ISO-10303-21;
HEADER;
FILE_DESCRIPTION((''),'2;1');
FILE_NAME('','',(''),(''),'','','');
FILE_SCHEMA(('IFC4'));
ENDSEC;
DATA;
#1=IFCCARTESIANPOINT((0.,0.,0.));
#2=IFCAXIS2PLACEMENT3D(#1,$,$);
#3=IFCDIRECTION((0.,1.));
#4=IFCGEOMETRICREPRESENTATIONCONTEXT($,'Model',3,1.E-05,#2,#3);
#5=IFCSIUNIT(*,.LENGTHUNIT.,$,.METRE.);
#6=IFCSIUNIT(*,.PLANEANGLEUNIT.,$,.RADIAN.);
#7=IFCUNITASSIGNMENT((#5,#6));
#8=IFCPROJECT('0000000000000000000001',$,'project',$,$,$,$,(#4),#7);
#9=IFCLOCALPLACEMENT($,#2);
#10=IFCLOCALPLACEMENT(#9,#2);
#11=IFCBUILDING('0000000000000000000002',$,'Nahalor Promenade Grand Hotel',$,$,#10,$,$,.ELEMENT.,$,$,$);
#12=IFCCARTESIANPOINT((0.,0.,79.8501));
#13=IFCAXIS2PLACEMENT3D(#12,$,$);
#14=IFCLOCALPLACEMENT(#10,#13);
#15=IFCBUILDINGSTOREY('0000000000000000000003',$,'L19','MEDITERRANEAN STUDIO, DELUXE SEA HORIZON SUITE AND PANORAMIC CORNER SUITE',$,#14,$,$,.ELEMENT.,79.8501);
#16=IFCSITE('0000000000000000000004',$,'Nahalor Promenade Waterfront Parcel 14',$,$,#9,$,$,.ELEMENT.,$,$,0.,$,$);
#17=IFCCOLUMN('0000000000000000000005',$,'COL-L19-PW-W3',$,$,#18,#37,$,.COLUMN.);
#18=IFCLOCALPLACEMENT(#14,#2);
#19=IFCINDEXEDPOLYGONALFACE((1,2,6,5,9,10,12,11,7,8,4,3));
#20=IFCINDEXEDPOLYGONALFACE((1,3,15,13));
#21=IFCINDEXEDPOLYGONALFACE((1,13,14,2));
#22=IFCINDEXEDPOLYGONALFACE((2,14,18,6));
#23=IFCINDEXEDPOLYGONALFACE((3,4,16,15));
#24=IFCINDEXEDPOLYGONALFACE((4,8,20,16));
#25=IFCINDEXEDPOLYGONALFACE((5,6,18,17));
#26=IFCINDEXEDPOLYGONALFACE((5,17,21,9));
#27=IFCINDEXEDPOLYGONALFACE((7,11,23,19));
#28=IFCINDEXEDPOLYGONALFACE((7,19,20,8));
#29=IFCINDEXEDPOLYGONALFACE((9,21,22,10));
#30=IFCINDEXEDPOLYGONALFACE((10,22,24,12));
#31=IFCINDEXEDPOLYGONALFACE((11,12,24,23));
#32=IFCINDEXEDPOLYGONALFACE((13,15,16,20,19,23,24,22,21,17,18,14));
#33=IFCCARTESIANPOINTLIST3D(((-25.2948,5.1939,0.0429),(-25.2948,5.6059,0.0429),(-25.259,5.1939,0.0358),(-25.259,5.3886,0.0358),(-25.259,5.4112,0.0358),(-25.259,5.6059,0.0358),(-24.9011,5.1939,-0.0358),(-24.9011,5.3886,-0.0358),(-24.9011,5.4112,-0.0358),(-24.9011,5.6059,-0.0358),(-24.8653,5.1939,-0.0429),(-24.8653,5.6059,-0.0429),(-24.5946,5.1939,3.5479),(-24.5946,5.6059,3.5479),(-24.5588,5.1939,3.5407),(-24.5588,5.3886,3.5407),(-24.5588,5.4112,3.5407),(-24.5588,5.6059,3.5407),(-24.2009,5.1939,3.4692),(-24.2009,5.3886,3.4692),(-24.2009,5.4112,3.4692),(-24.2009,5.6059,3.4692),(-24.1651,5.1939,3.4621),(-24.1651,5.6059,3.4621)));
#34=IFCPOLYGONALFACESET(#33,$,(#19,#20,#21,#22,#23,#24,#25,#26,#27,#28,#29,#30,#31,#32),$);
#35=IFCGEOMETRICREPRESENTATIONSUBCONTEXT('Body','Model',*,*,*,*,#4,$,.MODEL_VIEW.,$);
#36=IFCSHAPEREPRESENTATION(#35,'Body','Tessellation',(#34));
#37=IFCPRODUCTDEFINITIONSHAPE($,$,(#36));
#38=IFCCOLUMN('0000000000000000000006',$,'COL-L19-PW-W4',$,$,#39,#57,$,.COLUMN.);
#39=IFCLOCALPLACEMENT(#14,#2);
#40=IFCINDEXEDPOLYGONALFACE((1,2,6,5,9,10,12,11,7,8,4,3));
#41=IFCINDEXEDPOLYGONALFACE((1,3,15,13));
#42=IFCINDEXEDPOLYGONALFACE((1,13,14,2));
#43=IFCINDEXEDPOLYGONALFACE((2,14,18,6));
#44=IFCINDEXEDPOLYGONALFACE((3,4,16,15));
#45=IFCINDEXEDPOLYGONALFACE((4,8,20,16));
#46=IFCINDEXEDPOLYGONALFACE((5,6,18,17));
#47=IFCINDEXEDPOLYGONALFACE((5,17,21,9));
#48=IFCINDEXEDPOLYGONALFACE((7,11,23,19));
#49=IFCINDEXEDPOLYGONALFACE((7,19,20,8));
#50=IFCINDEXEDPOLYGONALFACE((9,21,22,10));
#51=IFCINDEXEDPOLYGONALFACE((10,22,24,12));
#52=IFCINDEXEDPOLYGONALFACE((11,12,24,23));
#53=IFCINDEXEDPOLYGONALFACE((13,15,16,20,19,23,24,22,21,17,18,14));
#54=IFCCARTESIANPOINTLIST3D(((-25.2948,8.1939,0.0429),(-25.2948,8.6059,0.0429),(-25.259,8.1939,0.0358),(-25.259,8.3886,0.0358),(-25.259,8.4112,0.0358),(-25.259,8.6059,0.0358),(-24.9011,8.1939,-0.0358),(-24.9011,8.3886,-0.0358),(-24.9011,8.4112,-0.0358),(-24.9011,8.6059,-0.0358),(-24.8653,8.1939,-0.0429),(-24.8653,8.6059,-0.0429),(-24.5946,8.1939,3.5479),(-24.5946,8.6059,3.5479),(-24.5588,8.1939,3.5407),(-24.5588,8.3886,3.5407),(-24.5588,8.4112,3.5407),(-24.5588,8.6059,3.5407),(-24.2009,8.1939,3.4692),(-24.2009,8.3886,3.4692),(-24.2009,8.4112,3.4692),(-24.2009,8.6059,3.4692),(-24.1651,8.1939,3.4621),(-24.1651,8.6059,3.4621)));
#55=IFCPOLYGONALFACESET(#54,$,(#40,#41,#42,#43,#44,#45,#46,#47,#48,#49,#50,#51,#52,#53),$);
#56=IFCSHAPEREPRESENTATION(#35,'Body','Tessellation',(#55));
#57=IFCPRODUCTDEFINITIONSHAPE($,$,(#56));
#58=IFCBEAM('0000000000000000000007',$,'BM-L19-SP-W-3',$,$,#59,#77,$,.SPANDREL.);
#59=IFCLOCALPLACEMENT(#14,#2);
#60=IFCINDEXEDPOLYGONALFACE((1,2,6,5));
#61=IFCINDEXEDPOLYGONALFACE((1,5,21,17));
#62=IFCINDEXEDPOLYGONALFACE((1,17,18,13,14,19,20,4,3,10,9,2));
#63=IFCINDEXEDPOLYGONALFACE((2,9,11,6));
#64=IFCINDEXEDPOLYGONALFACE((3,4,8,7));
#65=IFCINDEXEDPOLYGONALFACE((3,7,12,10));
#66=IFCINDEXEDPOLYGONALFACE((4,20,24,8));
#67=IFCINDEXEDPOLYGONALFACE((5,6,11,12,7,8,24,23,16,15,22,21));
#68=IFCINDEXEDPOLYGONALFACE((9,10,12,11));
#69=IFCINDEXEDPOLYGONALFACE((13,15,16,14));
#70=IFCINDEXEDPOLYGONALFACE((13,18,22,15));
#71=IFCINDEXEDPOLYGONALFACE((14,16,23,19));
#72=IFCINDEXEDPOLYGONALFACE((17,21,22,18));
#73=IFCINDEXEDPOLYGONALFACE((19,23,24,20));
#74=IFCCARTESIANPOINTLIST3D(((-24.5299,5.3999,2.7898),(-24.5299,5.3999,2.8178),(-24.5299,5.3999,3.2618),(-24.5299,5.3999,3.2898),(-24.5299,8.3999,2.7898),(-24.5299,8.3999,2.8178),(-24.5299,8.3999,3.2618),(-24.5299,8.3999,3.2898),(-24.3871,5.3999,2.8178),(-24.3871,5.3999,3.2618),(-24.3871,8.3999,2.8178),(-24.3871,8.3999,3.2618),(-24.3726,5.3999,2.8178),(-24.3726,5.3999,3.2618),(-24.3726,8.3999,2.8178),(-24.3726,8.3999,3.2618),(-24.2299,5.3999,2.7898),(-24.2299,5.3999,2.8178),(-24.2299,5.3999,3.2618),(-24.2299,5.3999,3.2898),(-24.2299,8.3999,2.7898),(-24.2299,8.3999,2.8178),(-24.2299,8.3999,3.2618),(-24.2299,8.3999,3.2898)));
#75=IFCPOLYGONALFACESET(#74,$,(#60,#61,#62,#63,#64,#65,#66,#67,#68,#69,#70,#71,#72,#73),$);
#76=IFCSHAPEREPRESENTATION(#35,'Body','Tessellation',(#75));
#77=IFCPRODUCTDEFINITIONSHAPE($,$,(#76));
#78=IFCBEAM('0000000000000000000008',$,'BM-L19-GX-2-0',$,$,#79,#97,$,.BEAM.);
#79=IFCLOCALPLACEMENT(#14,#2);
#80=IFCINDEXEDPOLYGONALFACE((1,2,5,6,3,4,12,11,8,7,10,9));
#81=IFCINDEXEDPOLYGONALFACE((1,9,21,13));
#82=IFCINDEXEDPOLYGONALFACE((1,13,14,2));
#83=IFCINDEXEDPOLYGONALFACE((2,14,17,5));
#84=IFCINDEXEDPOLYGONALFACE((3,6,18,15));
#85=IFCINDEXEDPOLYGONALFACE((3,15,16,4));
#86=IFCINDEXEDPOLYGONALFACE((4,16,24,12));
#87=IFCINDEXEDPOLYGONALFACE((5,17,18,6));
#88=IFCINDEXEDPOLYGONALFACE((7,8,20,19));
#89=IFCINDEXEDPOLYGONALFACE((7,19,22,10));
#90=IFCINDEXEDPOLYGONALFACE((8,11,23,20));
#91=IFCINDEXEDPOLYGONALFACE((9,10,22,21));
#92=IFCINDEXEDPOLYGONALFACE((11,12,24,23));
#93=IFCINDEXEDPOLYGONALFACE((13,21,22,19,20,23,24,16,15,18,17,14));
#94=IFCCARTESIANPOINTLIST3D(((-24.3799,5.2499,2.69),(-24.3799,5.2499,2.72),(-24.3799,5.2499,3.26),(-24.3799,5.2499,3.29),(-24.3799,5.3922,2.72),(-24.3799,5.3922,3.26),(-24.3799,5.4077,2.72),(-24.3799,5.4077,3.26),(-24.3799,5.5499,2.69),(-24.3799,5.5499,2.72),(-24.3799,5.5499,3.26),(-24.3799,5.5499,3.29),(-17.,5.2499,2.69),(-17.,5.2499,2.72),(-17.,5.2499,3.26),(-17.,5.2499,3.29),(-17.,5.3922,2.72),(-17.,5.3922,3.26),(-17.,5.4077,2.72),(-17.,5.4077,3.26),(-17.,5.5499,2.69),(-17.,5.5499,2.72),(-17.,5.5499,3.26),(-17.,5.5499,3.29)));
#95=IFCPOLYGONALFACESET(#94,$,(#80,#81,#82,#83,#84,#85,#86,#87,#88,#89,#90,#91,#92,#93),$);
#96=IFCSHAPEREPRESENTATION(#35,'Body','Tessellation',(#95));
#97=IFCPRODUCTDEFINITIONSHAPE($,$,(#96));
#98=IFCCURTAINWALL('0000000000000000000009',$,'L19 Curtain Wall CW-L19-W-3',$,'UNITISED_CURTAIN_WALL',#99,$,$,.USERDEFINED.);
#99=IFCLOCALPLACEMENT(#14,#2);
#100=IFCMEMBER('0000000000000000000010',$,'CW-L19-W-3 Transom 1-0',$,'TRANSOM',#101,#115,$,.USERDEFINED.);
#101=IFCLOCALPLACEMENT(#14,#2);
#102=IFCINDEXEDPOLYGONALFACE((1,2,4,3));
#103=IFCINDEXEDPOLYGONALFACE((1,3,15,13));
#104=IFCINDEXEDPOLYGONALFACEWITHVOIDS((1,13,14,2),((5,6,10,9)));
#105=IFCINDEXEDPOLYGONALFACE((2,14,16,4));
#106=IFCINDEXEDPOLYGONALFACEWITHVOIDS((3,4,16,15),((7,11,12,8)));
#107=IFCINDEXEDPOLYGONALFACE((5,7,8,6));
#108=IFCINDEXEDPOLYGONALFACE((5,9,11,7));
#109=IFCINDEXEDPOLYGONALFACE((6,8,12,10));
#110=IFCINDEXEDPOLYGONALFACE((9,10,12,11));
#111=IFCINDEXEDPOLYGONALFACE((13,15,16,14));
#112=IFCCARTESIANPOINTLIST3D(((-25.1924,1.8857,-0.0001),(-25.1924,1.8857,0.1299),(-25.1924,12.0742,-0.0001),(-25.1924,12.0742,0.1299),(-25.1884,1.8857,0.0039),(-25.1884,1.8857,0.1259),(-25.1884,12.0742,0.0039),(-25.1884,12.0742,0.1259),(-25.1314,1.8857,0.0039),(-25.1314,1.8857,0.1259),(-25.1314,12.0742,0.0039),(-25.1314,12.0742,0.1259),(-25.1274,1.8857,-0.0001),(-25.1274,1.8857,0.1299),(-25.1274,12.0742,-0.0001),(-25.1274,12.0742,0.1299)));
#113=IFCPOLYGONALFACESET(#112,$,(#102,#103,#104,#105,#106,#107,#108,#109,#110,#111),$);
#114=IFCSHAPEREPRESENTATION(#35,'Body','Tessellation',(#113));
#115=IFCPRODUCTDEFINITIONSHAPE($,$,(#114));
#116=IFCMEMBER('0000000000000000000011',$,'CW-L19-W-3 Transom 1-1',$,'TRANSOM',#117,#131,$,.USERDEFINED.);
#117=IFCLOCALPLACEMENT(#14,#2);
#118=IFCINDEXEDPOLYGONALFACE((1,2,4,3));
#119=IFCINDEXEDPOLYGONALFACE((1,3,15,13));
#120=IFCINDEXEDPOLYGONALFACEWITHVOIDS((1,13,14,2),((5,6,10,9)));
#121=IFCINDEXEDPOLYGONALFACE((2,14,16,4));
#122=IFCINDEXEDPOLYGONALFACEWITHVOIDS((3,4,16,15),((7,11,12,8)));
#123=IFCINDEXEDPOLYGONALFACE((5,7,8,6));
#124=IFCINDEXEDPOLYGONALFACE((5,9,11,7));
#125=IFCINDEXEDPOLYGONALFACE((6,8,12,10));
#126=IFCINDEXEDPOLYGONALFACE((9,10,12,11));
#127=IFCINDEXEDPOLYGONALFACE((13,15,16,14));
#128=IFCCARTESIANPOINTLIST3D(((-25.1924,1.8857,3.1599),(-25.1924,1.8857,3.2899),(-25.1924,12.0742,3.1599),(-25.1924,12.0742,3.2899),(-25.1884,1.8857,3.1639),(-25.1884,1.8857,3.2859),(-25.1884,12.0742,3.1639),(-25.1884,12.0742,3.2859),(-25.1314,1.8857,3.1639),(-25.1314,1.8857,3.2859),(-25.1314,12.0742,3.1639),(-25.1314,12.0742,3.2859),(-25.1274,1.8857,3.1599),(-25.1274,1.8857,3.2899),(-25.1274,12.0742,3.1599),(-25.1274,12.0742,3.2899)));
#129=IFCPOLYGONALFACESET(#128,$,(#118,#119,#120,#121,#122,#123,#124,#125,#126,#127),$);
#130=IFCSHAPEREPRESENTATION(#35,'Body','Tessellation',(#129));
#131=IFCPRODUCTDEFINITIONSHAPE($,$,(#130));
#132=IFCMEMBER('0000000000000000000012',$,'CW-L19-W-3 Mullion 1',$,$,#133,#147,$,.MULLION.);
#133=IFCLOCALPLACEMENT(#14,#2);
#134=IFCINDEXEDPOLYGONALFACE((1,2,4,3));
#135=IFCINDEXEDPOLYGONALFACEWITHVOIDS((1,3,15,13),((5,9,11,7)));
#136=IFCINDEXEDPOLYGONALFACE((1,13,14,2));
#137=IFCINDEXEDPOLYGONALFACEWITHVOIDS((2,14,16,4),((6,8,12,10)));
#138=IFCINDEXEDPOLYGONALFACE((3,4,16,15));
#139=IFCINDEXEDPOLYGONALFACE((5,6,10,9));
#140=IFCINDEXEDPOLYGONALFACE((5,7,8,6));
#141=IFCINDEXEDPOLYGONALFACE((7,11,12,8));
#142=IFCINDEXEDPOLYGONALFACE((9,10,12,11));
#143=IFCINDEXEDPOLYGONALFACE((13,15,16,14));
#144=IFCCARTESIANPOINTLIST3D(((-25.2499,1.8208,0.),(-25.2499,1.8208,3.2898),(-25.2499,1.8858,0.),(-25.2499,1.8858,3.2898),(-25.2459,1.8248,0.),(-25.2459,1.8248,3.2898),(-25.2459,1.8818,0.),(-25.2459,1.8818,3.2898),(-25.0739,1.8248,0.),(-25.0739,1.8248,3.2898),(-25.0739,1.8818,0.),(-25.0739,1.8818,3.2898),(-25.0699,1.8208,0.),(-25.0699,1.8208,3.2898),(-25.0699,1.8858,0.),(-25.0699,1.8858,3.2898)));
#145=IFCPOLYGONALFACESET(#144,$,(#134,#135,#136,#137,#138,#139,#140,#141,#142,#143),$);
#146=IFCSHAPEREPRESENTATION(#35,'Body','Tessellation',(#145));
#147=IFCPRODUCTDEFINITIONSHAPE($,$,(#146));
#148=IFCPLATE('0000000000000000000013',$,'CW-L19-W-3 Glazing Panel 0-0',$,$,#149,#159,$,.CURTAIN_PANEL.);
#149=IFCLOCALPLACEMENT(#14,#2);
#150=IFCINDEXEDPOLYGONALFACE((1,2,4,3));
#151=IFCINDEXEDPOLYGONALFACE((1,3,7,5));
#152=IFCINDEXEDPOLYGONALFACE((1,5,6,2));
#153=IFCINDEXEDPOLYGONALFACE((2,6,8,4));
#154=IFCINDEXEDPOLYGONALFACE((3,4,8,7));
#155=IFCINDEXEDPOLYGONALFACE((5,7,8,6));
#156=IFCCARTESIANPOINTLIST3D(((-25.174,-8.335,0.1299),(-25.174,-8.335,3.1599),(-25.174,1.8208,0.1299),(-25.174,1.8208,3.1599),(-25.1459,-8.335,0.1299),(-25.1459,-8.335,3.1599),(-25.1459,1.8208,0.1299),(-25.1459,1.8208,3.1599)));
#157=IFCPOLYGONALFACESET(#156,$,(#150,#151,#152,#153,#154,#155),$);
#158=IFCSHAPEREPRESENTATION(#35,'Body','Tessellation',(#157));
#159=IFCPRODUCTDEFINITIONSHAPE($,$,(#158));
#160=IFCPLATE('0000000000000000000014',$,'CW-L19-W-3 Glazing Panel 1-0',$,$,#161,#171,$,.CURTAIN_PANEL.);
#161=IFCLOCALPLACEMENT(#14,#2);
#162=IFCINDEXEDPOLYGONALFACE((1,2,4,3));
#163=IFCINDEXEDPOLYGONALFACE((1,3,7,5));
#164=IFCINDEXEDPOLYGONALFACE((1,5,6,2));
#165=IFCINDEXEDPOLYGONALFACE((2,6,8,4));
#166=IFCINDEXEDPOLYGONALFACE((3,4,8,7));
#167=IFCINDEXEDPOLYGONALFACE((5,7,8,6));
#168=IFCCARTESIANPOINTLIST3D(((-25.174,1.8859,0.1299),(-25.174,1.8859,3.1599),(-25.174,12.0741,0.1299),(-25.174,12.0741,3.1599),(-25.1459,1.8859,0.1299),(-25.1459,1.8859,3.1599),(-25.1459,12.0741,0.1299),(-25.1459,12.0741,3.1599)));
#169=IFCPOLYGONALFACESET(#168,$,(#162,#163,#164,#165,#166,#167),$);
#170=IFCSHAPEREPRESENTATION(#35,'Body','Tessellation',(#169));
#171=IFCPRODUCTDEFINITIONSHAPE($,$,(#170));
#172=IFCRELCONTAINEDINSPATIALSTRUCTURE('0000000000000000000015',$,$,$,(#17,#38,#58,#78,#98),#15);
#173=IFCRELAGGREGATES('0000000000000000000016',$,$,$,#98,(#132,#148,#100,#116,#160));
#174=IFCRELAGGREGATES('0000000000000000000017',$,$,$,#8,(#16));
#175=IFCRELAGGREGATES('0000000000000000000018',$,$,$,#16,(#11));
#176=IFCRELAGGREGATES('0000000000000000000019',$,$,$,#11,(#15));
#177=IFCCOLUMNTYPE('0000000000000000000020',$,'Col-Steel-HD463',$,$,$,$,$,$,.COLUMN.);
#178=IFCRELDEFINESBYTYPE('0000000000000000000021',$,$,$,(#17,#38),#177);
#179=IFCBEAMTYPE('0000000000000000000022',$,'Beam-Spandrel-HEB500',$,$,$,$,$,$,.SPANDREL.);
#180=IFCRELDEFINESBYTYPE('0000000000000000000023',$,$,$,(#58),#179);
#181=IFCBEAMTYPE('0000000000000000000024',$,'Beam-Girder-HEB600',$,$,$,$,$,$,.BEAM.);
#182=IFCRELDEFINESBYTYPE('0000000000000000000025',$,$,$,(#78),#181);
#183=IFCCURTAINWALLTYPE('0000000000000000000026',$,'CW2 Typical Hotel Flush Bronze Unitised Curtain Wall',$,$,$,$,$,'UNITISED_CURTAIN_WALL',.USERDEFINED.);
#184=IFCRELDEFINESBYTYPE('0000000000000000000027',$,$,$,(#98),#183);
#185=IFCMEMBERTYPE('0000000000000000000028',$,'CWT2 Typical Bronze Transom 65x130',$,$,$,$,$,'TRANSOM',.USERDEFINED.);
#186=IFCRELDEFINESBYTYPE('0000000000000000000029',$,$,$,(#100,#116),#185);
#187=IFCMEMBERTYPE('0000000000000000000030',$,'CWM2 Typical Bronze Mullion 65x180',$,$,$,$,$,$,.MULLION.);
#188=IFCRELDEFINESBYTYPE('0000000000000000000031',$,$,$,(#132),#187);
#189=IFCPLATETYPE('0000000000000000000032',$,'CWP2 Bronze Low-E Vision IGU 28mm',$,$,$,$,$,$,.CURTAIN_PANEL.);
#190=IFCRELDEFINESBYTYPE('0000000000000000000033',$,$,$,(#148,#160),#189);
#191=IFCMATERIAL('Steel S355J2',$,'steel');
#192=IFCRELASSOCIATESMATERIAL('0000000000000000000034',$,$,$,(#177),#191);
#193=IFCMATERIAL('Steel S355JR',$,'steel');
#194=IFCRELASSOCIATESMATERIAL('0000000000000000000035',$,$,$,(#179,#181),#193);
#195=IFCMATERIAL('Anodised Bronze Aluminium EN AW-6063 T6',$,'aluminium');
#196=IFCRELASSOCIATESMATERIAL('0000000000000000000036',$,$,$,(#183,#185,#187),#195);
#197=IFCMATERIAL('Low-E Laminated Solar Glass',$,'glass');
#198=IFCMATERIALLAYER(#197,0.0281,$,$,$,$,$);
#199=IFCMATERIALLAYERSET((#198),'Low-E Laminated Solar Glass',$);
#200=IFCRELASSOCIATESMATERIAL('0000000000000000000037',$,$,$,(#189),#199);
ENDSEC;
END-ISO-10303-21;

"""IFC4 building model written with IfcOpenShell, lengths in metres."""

from ifc_helpers import new_model, si_unit, direction, frame, origin, origin_2d, place, context, subcontext, project, spatial, rectangle, hollow_rectangle, i_section, extrude, source, transform, mapped, material, layer, layer_set, material_profile, profile_set, type_object, element, aggregate, save


model = new_model("IFC4")

# Units and contexts
model_context = context("Model", 3, precision=1e-05, world=origin(), true_north=direction((0.0, 1.0)))
body_context = subcontext(model_context, "Body", "Model", "MODEL_VIEW")
ifc_project = project(units=[si_unit("LENGTHUNIT", "METRE"), si_unit("PLANEANGLEUNIT", "RADIAN")], contexts=[model_context])

# Site, building, storey
site_placement = place(None, origin())
site = spatial("IfcSite", under=ifc_project, at=site_placement, Name="Nahalor Promenade Waterfront Parcel 14", CompositionType="ELEMENT", RefElevation=0.0)
building_placement = place(site_placement, origin())
building = spatial("IfcBuilding", under=site, at=building_placement, Name="Nahalor Promenade Grand Hotel", CompositionType="ELEMENT")
storey_placement = place(building_placement, frame((0.0, 0.0, 79.8501)))
storey = spatial("IfcBuildingStorey", under=building, at=storey_placement, Name="L19", Description="MEDITERRANEAN STUDIO, DELUXE SEA HORIZON SUITE AND PANORAMIC CORNER SUITE", CompositionType="ELEMENT", Elevation=79.8501)

# Columns
ifc_material_1 = material(Name="Steel S355J2", Category="steel")
ifc_material_profile_1 = material_profile(ifc_material_1, i_section(OverallWidth=0.412, OverallDepth=0.438, WebThickness=0.0226, FlangeThickness=0.0365, at=origin_2d()), Name="HD 400x463")
ifc_profile_set_1 = profile_set([ifc_material_profile_1], Name="Steel S355J2")
column_type = type_object("IfcColumnType", Name="Col-Steel-HD463", PredefinedType="COLUMN", material=ifc_profile_set_1)
shared_shape_1 = source(origin(), body_context, "Body", "SweptSolid", [
    extrude(i_section(OverallWidth=0.412, OverallDepth=0.438, WebThickness=0.0226, FlangeThickness=0.0365, at=origin_2d()), origin(), (0.0, 0.0, 1.0), 3.5742),
])
for number, where, z_axis, x_axis, name in (
    (1, (-25.0801, 5.3999, 0.0), (0.195906, 0.0, 0.980623), (0.0, 1.0, 0.0), "COL-L19-PW-W3"),
    (2, (-25.0801, 8.3999, 0.0), (0.195906, 0.0, 0.980623), (0.0, 1.0, 0.0), "COL-L19-PW-W4"),
):
    element("IfcColumn", number, at=place(storey_placement, frame(where, z_axis=z_axis, x_axis=x_axis)), inside=storey, type_object=column_type, Name=name, PredefinedType="COLUMN", context=body_context, shape_type="MappedRepresentation", body=[
        mapped(shared_shape_1, transform((0.0, 0.0, 0.0), scale=1.0)),
    ])

# Beams
ifc_material_2 = material(Name="Steel S355JR", Category="steel")
ifc_material_profile_2 = material_profile(ifc_material_2, i_section(OverallWidth=0.3, OverallDepth=0.5, WebThickness=0.0145, FlangeThickness=0.028, at=origin_2d()), Name="HEB 500")
ifc_profile_set_2 = profile_set([ifc_material_profile_2], Name="Steel S355JR")
beam_type_1 = type_object("IfcBeamType", Name="Beam-Spandrel-HEB500", PredefinedType="SPANDREL", material=ifc_profile_set_2)
shared_shape_2 = source(origin(), body_context, "Body", "SweptSolid", [
    extrude(i_section(OverallWidth=0.3, OverallDepth=0.5, WebThickness=0.0145, FlangeThickness=0.028, at=origin_2d()), origin(), (0.0, 0.0, 1.0), 3.0),
])
beam_1_placement = place(storey_placement, frame((-24.3799, 5.3999, 3.0398), z_axis=(0.0, 1.0, 0.0), x_axis=(-1.0, 0.0, 0.0)))
element("IfcBeam", 3, at=beam_1_placement, inside=storey, type_object=beam_type_1, Name="BM-L19-SP-W-3", PredefinedType="SPANDREL", context=body_context, shape_type="MappedRepresentation", body=[
    mapped(shared_shape_2, transform((0.0, 0.0, 0.0), scale=1.0)),
])
ifc_material_profile_3 = material_profile(ifc_material_2, i_section(OverallWidth=0.3, OverallDepth=0.6, WebThickness=0.0155, FlangeThickness=0.03, at=origin_2d()), Name="HEB 600")
ifc_profile_set_3 = profile_set([ifc_material_profile_3], Name="Steel S355JR")
beam_type_2 = type_object("IfcBeamType", Name="Beam-Girder-HEB600", PredefinedType="BEAM", material=ifc_profile_set_3)
shared_shape_3 = source(origin(), body_context, "Body", "SweptSolid", [
    extrude(i_section(OverallWidth=0.3, OverallDepth=0.6, WebThickness=0.0155, FlangeThickness=0.03, at=origin_2d()), origin(), (0.0, 0.0, 1.0), 7.3799),
])
beam_2_placement = place(storey_placement, frame((-24.3799, 5.3999, 2.99), z_axis=(1.0, 0.0, 0.0), x_axis=(0.0, 1.0, 0.0)))
element("IfcBeam", 4, at=beam_2_placement, inside=storey, type_object=beam_type_2, Name="BM-L19-GX-2-0", PredefinedType="BEAM", context=body_context, shape_type="MappedRepresentation", body=[
    mapped(shared_shape_3, transform((0.0, 0.0, 0.0), scale=1.0)),
])

# Curtain wall, members, plates
ifc_material_3 = material(Name="Anodised Bronze Aluminium EN AW-6063 T6", Category="aluminium")
curtain_wall_type = type_object("IfcCurtainWallType", Name="CW2 Typical Hotel Flush Bronze Unitised Curtain Wall", ElementType="UNITISED_CURTAIN_WALL", PredefinedType="USERDEFINED", material=ifc_material_3)
curtain_wall_placement = place(storey_placement, origin())
curtain_wall = element("IfcCurtainWall", 5, at=curtain_wall_placement, inside=storey, type_object=curtain_wall_type, Name="L19 Curtain Wall CW-L19-W-3", ObjectType="UNITISED_CURTAIN_WALL", PredefinedType="USERDEFINED")
ifc_material_profile_4 = material_profile(ifc_material_3, hollow_rectangle(XDim=0.065, YDim=0.13, WallThickness=0.004, at=origin_2d()), Name="CWT 65x130x4")
ifc_profile_set_4 = profile_set([ifc_material_profile_4], Name="Anodised Bronze Aluminium EN AW-6063 T6")
member_type_1 = type_object("IfcMemberType", Name="CWT2 Typical Bronze Transom 65x130", ElementType="TRANSOM", PredefinedType="USERDEFINED", material=ifc_profile_set_4)
shared_shape_4 = source(origin(), body_context, "Body", "SweptSolid", [
    extrude(hollow_rectangle(XDim=0.065, YDim=0.13, WallThickness=0.004, at=origin_2d()), origin(), (0.0, 0.0, 1.0), 10.1885),
])
member_1_placement = place(storey_placement, frame((-25.1599, 1.8857, 0.0649), z_axis=(0.0, 1.0, 0.0), x_axis=(-1.0, 0.0, 0.0)))
member_1 = element("IfcMember", 6, at=member_1_placement, type_object=member_type_1, Name="CW-L19-W-3 Transom 1-0", ObjectType="TRANSOM", PredefinedType="USERDEFINED", context=body_context, shape_type="MappedRepresentation", body=[
    mapped(shared_shape_4, transform((0.0, 0.0, 0.0), scale=1.0)),
])
member_2_placement = place(storey_placement, frame((-25.1599, 1.8857, 3.2249), z_axis=(0.0, 1.0, 0.0), x_axis=(-1.0, 0.0, 0.0)))
member_2 = element("IfcMember", 7, at=member_2_placement, type_object=member_type_1, Name="CW-L19-W-3 Transom 1-1", ObjectType="TRANSOM", PredefinedType="USERDEFINED", context=body_context, shape_type="MappedRepresentation", body=[
    mapped(shared_shape_4, transform((0.0, 0.0, 0.0), scale=1.0)),
])
ifc_material_profile_5 = material_profile(ifc_material_3, hollow_rectangle(XDim=0.065, YDim=0.18, WallThickness=0.004, at=origin_2d()), Name="CWM 65x180x4")
ifc_profile_set_5 = profile_set([ifc_material_profile_5], Name="Anodised Bronze Aluminium EN AW-6063 T6")
member_type_2 = type_object("IfcMemberType", Name="CWM2 Typical Bronze Mullion 65x180", PredefinedType="MULLION", material=ifc_profile_set_5)
shared_shape_5 = source(origin(), body_context, "Body", "SweptSolid", [
    extrude(hollow_rectangle(XDim=0.065, YDim=0.18, WallThickness=0.004, at=origin_2d()), origin(), (0.0, 0.0, 1.0), 3.2898),
])
member_3_placement = place(storey_placement, frame((-25.1599, 1.8533, 0.0), z_axis=(0.0, 0.0, 1.0), x_axis=(0.0, 1.0, 0.0)))
member_3 = element("IfcMember", 8, at=member_3_placement, type_object=member_type_2, Name="CW-L19-W-3 Mullion 1", PredefinedType="MULLION", context=body_context, shape_type="MappedRepresentation", body=[
    mapped(shared_shape_5, transform((0.0, 0.0, 0.0), scale=1.0)),
])
ifc_material_4 = material(Name="Low-E Laminated Solar Glass", Category="glass")
ifc_layer_1 = layer(ifc_material_4, 0.0281)
ifc_layer_set_1 = layer_set([ifc_layer_1], Name="Low-E Laminated Solar Glass")
plate_type = type_object("IfcPlateType", Name="CWP2 Bronze Low-E Vision IGU 28mm", PredefinedType="CURTAIN_PANEL", material=ifc_layer_set_1)
shared_shape_6 = source(origin(), body_context, "Body", "SweptSolid", [
    extrude(rectangle(XDim=10.1558, YDim=0.0281, at=origin_2d()), origin(), (0.0, 0.0, 1.0), 3.03),
])
plate_1_placement = place(storey_placement, frame((-25.1599, -3.2571, 0.1299), z_axis=(0.0, 0.0, 1.0), x_axis=(0.0, 1.0, 0.0)))
plate_1 = element("IfcPlate", 9, at=plate_1_placement, type_object=plate_type, Name="CW-L19-W-3 Glazing Panel 0-0", PredefinedType="CURTAIN_PANEL", context=body_context, shape_type="MappedRepresentation", body=[
    mapped(shared_shape_6, transform((0.0, 0.0, 0.0), scale=1.0)),
])
shared_shape_7 = source(origin(), body_context, "Body", "SweptSolid", [
    extrude(rectangle(XDim=10.1882, YDim=0.0281, at=origin_2d()), origin(), (0.0, 0.0, 1.0), 3.03),
])
plate_2_placement = place(storey_placement, frame((-25.1599, 6.98, 0.1299), z_axis=(0.0, 0.0, 1.0), x_axis=(0.0, 1.0, 0.0)))
plate_2 = element("IfcPlate", 10, at=plate_2_placement, type_object=plate_type, Name="CW-L19-W-3 Glazing Panel 1-0", PredefinedType="CURTAIN_PANEL", context=body_context, shape_type="MappedRepresentation", body=[
    mapped(shared_shape_7, transform((0.0, 0.0, 0.0), scale=1.0)),
])
aggregate(curtain_wall, [member_3, plate_1, member_1, member_2, plate_2])

save(model, "model.ifc")
